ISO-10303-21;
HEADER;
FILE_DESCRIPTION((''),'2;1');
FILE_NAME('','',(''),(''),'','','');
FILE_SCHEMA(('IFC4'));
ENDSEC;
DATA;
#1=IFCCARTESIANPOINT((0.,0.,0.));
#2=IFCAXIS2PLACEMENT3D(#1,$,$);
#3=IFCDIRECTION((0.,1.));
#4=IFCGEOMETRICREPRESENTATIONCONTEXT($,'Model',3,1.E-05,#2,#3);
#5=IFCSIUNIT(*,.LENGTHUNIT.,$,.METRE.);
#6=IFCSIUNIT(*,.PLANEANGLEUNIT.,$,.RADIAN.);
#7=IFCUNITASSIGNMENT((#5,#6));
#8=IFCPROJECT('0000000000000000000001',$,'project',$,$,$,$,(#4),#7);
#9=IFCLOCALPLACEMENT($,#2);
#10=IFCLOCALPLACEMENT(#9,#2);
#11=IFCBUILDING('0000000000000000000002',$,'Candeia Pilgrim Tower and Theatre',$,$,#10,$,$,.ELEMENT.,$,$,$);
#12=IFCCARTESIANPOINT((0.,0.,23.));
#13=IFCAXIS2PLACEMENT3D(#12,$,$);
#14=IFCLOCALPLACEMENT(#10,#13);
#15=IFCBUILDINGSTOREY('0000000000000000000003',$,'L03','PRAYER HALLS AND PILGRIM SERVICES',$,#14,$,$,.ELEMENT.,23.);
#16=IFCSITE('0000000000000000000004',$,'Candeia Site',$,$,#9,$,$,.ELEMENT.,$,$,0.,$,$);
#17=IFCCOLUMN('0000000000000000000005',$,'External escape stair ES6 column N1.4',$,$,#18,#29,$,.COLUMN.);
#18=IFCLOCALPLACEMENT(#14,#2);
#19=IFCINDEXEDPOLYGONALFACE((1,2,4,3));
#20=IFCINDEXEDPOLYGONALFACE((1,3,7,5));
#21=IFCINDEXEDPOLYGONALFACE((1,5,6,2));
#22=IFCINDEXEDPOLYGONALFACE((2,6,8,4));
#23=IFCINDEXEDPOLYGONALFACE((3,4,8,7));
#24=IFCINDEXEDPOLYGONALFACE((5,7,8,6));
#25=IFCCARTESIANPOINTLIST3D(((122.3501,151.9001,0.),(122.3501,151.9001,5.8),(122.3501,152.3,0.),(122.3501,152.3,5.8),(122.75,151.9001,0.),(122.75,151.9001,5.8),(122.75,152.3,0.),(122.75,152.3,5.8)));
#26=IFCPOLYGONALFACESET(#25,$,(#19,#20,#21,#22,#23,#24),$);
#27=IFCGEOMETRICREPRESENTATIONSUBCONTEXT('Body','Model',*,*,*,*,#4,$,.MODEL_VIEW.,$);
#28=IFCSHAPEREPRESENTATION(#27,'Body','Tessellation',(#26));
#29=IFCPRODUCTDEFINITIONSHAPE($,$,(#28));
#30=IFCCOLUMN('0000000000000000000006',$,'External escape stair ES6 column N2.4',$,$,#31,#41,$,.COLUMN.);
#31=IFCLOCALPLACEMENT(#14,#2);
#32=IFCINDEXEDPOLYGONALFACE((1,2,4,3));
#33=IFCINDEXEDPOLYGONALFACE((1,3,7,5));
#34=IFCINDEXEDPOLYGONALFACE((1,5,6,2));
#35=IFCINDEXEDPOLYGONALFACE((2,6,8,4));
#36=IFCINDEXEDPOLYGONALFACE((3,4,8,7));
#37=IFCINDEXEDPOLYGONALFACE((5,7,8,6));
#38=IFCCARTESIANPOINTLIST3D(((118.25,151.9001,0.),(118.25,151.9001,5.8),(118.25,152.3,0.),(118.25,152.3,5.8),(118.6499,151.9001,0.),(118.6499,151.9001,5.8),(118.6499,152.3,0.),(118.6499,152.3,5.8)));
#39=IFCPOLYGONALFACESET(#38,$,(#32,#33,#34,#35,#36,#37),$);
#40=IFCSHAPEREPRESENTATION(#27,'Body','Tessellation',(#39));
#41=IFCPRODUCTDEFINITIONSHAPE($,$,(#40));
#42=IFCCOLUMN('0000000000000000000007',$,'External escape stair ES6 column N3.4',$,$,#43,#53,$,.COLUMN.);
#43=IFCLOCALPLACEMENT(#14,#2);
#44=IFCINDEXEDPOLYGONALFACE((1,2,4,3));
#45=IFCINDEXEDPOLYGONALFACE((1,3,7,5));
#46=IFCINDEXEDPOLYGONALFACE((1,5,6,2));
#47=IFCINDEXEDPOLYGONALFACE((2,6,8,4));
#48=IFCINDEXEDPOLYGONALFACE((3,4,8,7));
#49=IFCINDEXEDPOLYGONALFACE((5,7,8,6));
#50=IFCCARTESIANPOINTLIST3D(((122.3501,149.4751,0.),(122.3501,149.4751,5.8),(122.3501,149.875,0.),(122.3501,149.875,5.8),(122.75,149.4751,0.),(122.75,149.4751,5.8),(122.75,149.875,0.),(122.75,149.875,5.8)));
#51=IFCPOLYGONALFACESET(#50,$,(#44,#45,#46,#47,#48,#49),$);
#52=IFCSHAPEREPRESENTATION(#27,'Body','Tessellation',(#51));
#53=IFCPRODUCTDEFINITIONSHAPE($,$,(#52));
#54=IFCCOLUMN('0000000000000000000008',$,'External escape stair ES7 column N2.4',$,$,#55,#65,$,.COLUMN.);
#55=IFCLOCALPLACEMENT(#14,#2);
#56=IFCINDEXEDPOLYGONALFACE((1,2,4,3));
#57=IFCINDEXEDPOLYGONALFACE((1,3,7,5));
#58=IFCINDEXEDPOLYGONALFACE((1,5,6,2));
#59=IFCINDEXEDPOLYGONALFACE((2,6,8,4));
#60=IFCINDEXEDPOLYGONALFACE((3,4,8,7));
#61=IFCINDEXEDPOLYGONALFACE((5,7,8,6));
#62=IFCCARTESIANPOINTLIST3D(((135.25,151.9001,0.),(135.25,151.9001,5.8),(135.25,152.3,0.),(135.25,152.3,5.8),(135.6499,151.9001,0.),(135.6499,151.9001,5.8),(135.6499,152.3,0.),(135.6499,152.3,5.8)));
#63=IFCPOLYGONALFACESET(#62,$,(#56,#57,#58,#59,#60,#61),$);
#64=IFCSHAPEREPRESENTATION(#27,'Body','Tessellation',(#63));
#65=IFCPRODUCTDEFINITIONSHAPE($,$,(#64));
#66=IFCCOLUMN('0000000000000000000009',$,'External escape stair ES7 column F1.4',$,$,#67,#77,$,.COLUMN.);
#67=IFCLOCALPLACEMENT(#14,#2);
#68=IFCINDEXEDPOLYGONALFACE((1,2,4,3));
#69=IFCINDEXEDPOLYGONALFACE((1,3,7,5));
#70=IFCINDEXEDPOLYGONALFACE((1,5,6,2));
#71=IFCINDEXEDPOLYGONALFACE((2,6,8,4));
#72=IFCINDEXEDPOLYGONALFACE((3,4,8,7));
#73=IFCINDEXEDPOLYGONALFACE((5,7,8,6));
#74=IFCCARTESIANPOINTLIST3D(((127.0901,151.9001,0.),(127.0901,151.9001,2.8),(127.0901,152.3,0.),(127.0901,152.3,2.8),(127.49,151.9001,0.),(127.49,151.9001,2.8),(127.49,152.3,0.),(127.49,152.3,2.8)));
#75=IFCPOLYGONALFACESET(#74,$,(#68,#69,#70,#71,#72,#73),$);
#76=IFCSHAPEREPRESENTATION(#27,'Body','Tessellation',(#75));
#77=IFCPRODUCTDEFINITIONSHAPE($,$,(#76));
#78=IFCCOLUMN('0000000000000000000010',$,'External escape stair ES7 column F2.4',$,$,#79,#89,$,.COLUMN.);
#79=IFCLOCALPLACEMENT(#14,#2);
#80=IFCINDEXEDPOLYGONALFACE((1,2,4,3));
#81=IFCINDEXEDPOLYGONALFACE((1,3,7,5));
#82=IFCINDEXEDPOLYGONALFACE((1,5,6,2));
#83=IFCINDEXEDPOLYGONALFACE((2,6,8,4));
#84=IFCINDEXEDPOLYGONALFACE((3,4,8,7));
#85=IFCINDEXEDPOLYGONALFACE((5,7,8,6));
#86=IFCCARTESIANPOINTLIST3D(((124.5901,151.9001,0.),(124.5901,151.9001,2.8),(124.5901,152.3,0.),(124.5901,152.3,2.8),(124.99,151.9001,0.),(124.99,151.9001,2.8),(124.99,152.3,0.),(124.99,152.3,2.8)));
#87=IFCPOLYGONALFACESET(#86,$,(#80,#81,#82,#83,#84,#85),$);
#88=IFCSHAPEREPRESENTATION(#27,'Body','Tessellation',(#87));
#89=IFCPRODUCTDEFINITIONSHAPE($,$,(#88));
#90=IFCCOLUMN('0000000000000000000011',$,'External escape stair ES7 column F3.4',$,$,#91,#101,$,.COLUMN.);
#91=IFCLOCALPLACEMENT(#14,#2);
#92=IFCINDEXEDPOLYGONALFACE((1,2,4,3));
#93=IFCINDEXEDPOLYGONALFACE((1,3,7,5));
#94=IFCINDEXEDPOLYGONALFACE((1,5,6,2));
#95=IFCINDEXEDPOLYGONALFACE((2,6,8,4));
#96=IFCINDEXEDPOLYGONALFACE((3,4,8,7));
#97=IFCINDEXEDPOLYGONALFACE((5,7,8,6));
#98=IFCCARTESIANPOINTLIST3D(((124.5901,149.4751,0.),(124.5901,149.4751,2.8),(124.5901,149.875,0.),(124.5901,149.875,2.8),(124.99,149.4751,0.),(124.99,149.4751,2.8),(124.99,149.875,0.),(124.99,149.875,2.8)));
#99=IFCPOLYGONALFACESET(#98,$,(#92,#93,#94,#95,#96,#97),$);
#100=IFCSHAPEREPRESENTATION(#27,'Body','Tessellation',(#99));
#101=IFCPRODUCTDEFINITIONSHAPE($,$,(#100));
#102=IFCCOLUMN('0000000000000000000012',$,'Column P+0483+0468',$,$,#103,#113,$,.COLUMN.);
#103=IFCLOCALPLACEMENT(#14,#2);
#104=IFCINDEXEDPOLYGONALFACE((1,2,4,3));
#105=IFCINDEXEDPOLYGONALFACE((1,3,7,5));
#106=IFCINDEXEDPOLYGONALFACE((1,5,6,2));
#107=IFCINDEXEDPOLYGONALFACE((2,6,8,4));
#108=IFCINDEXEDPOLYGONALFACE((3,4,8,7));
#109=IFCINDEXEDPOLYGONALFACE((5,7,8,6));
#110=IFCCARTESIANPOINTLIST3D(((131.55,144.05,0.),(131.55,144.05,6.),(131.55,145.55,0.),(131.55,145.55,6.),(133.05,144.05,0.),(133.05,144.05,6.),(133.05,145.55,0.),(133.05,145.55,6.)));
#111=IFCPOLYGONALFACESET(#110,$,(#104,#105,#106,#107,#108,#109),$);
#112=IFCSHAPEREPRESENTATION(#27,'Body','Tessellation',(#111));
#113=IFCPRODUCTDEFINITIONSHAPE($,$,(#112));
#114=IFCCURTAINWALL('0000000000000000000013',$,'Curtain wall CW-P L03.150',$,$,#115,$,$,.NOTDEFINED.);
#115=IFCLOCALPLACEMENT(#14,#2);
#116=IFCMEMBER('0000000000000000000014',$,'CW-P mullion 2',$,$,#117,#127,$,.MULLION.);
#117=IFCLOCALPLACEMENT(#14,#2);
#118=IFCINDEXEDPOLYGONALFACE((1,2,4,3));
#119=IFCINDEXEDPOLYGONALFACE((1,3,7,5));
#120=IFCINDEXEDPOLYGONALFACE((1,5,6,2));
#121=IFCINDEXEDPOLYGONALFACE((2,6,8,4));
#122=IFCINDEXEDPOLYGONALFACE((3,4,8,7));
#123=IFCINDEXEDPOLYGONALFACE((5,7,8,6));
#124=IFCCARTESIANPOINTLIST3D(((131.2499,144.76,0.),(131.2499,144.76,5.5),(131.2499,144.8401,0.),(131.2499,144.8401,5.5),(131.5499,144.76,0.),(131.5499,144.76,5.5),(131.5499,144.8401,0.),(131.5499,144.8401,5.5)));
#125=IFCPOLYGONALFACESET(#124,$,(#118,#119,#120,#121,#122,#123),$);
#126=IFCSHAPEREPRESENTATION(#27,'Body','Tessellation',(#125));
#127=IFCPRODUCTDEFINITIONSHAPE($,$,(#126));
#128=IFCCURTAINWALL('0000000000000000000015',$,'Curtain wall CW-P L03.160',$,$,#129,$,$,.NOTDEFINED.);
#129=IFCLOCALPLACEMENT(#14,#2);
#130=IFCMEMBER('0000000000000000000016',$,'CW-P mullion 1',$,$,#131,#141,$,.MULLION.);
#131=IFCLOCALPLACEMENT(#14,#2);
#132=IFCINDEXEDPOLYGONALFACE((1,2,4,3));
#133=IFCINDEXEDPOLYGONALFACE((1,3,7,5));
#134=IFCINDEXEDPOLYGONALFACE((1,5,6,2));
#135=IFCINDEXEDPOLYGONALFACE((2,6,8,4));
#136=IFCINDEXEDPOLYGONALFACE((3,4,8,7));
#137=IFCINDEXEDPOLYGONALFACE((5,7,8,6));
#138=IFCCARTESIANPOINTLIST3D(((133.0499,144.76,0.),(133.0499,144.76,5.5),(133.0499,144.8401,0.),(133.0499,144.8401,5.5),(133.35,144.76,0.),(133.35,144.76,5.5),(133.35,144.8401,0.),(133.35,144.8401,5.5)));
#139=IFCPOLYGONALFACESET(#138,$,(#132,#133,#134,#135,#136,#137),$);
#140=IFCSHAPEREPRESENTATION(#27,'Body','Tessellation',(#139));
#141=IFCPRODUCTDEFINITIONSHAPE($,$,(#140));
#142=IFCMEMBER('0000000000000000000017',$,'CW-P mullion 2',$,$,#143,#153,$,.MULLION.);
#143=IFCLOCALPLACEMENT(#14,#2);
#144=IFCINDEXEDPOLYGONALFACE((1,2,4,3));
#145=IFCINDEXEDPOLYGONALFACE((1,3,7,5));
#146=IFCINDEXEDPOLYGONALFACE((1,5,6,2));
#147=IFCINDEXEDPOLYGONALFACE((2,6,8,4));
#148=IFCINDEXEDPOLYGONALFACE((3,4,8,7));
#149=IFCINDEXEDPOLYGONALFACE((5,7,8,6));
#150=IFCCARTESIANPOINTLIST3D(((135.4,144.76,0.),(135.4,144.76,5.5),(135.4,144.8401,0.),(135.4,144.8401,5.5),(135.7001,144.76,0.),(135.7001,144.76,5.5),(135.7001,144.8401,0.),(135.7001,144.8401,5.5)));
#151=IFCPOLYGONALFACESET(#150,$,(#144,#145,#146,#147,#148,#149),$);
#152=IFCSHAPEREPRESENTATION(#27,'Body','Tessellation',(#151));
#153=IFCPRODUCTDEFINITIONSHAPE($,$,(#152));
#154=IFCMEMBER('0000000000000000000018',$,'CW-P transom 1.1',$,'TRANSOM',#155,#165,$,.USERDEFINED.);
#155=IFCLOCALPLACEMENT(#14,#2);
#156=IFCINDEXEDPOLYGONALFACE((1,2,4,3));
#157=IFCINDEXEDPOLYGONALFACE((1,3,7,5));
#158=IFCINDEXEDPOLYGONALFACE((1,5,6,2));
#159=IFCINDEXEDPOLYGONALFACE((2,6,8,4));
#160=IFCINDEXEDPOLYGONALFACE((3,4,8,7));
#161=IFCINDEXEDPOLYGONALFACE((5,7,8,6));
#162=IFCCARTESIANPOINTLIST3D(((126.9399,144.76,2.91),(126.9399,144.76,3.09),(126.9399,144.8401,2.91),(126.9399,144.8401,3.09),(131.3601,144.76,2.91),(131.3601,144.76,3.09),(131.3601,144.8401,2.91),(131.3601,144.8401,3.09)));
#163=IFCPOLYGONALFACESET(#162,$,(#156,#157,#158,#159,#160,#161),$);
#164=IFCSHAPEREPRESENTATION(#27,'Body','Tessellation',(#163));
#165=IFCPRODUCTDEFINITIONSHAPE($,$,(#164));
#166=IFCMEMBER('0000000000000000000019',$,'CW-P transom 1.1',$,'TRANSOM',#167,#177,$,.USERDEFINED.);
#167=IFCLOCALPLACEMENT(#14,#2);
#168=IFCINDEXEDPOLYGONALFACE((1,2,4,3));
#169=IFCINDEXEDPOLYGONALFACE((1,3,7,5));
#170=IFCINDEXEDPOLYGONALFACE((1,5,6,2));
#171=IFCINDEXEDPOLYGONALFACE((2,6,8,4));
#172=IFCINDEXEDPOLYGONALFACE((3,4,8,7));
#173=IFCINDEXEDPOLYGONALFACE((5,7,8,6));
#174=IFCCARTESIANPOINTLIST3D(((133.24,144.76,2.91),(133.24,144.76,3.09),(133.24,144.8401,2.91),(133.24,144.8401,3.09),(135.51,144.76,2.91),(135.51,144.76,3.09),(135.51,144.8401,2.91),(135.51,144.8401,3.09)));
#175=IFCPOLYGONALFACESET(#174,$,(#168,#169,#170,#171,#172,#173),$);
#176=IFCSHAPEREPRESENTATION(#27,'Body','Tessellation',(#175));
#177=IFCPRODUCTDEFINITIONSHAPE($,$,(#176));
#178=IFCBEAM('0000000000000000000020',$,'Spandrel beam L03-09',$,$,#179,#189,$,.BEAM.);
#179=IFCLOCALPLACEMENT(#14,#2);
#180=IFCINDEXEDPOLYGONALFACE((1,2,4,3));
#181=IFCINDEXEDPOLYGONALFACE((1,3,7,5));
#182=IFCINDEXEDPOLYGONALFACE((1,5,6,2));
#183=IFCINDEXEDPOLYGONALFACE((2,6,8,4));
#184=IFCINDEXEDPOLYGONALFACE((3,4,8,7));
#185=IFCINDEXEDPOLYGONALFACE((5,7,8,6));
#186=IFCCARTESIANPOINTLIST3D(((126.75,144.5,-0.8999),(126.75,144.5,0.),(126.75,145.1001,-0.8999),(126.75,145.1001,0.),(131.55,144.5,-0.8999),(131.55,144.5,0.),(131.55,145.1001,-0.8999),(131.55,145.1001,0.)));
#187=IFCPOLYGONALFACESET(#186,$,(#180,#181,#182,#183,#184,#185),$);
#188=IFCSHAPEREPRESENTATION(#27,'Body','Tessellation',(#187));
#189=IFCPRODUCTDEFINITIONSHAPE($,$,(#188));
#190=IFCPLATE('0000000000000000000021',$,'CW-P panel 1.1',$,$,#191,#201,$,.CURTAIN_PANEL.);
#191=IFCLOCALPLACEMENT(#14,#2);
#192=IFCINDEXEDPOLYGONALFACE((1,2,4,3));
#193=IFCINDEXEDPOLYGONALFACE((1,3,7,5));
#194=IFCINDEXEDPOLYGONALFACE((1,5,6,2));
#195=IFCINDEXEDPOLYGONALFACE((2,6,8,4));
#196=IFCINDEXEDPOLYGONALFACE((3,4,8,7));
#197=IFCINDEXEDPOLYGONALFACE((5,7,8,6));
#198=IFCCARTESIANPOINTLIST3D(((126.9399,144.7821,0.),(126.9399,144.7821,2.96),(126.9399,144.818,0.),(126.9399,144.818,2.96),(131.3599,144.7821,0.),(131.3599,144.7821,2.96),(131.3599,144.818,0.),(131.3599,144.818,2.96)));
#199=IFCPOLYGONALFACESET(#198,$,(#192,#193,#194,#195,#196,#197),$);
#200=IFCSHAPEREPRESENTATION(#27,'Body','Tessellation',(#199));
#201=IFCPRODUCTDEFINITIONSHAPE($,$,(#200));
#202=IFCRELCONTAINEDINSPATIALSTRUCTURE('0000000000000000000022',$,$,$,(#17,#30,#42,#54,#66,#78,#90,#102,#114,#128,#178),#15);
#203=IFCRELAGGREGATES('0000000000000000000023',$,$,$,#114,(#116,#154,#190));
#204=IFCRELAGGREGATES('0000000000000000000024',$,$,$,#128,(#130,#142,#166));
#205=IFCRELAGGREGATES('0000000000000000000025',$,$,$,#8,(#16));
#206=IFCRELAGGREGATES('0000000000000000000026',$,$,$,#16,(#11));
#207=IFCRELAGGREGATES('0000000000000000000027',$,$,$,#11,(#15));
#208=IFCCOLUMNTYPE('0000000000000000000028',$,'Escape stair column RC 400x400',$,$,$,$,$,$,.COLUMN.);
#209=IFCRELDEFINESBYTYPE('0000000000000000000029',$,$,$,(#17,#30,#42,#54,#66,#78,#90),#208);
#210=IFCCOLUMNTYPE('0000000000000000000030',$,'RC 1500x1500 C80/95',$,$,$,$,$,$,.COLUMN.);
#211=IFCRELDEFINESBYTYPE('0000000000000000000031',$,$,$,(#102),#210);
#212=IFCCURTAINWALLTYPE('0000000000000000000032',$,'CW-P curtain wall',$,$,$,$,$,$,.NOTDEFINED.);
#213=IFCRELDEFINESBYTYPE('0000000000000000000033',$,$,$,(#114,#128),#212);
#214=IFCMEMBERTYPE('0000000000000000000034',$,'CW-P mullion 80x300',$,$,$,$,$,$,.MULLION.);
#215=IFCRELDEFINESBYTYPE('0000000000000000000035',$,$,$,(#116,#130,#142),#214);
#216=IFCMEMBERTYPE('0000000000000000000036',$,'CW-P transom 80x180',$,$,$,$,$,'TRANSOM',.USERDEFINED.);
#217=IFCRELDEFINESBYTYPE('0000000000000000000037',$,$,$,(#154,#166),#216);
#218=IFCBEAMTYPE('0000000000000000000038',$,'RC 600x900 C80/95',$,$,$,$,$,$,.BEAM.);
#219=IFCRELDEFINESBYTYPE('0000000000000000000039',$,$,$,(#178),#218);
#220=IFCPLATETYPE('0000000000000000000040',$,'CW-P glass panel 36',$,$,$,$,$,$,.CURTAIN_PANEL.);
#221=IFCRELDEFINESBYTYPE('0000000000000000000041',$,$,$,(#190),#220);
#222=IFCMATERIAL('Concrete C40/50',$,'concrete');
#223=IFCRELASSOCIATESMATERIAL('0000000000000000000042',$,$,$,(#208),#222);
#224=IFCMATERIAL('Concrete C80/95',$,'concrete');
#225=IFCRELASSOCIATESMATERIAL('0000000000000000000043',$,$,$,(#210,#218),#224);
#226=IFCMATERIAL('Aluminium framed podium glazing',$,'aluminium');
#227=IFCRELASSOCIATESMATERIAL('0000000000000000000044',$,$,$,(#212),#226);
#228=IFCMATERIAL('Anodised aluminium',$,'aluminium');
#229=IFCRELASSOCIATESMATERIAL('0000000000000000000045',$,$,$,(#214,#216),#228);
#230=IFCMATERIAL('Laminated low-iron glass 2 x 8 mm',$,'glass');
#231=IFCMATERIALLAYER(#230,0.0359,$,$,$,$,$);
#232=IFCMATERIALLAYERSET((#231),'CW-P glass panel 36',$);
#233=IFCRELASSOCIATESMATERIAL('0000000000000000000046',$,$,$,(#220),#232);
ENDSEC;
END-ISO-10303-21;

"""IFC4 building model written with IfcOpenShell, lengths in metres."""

from ifc_helpers import new_model, si_unit, direction, frame, origin, origin_2d, place, context, subcontext, project, spatial, rectangle, extrude, material, layer, layer_set, material_profile, profile_set, type_object, element, aggregate, save


model = new_model("IFC4")

# Units and contexts
model_context = context("Model", 3, precision=1e-05, world=origin(), true_north=direction((0.0, 1.0)))
body_context = subcontext(model_context, "Body", "Model", "MODEL_VIEW")
ifc_project = project(units=[si_unit("LENGTHUNIT", "METRE"), si_unit("PLANEANGLEUNIT", "RADIAN")], contexts=[model_context])

# Site, building, storey
site_placement = place(None, origin())
site = spatial("IfcSite", under=ifc_project, at=site_placement, Name="Candeia Site", CompositionType="ELEMENT", RefElevation=0.0)
building_placement = place(site_placement, origin())
building = spatial("IfcBuilding", under=site, at=building_placement, Name="Candeia Pilgrim Tower and Theatre", CompositionType="ELEMENT")
storey_placement = place(building_placement, frame((0.0, 0.0, 23.0)))
storey = spatial("IfcBuildingStorey", under=building, at=storey_placement, Name="L03", Description="PRAYER HALLS AND PILGRIM SERVICES", CompositionType="ELEMENT", Elevation=23.0)

# Columns
ifc_material_1 = material(Name="Concrete C40/50", Category="concrete")
ifc_material_profile_1 = material_profile(ifc_material_1, rectangle(XDim=0.3999, YDim=0.3999, at=origin_2d()))
ifc_profile_set_1 = profile_set([ifc_material_profile_1], Name="Concrete C40/50")
column_type_1 = type_object("IfcColumnType", Name="Escape stair column RC 400x400", PredefinedType="COLUMN", material=ifc_profile_set_1)
for number, where, z_axis, x_axis, name in (
    (1, (122.55, 152.1001, 0.0), (0.0, 0.0, 1.0), (1.0, 0.0, 0.0), "External escape stair ES6 column N1.4"),
    (2, (118.45, 152.1001, 0.0), (0.0, 0.0, 1.0), (1.0, 0.0, 0.0), "External escape stair ES6 column N2.4"),
    (3, (122.55, 149.675, 0.0), (0.0, 0.0, 1.0), (1.0, 0.0, 0.0), "External escape stair ES6 column N3.4"),
    (4, (135.45, 152.1001, 0.0), (0.0, 0.0, 1.0), (1.0, 0.0, 0.0), "External escape stair ES7 column N2.4"),
):
    element("IfcColumn", number, at=place(storey_placement, frame(where, z_axis=z_axis, x_axis=x_axis)), inside=storey, type_object=column_type_1, Name=name, PredefinedType="COLUMN", context=body_context, shape_type="SweptSolid", body=[
        extrude(rectangle(XDim=0.3999, YDim=0.3999, at=origin_2d()), origin(), (0.0, 0.0, 1.0), 5.8),
    ])
for number, where, z_axis, x_axis, name in (
    (5, (127.29, 152.1001, 0.0), (0.0, 0.0, 1.0), (1.0, 0.0, 0.0), "External escape stair ES7 column F1.4"),
    (6, (124.79, 152.1001, 0.0), (0.0, 0.0, 1.0), (1.0, 0.0, 0.0), "External escape stair ES7 column F2.4"),
    (7, (124.79, 149.675, 0.0), (0.0, 0.0, 1.0), (1.0, 0.0, 0.0), "External escape stair ES7 column F3.4"),
):
    element("IfcColumn", number, at=place(storey_placement, frame(where, z_axis=z_axis, x_axis=x_axis)), inside=storey, type_object=column_type_1, Name=name, PredefinedType="COLUMN", context=body_context, shape_type="SweptSolid", body=[
        extrude(rectangle(XDim=0.3999, YDim=0.3999, at=origin_2d()), origin(), (0.0, 0.0, 1.0), 2.8),
    ])
ifc_material_2 = material(Name="Concrete C80/95", Category="concrete")
ifc_material_profile_2 = material_profile(ifc_material_2, rectangle(XDim=1.5, YDim=1.5, at=origin_2d()))
ifc_profile_set_2 = profile_set([ifc_material_profile_2], Name="Concrete C80/95")
column_type_2 = type_object("IfcColumnType", Name="RC 1500x1500 C80/95", PredefinedType="COLUMN", material=ifc_profile_set_2)
column_placement = place(storey_placement, frame((132.3, 144.8, 0.0), z_axis=(0.0, 0.0, 1.0), x_axis=(1.0, 0.0, 0.0)))
element("IfcColumn", 8, at=column_placement, inside=storey, type_object=column_type_2, Name="Column P+0483+0468", PredefinedType="COLUMN", context=body_context, shape_type="SweptSolid", body=[
    extrude(rectangle(XDim=1.5, YDim=1.5, at=origin_2d()), origin(), (0.0, 0.0, 1.0), 6.0),
])

# Curtain wall, member
ifc_material_3 = material(Name="Aluminium framed podium glazing", Category="aluminium")
curtain_wall_type = type_object("IfcCurtainWallType", Name="CW-P curtain wall", PredefinedType="NOTDEFINED", material=ifc_material_3)
curtain_wall_1_placement = place(storey_placement, origin())
curtain_wall_1 = element("IfcCurtainWall", 9, at=curtain_wall_1_placement, inside=storey, type_object=curtain_wall_type, Name="Curtain wall CW-P L03.150", PredefinedType="NOTDEFINED")
ifc_material_4 = material(Name="Anodised aluminium", Category="aluminium")
ifc_material_profile_3 = material_profile(ifc_material_4, rectangle(XDim=0.0801, YDim=0.3, at=origin_2d()))
ifc_profile_set_3 = profile_set([ifc_material_profile_3], Name="Anodised aluminium")
member_type_1 = type_object("IfcMemberType", Name="CW-P mullion 80x300", PredefinedType="MULLION", material=ifc_profile_set_3)
member_1_placement = place(storey_placement, frame((131.3999, 144.8, 0.0), z_axis=(0.0, 0.0, 1.0), x_axis=(0.0, 1.0, 0.0)))
member_1 = element("IfcMember", 10, at=member_1_placement, type_object=member_type_1, Name="CW-P mullion 2", PredefinedType="MULLION", context=body_context, shape_type="SweptSolid", body=[
    extrude(rectangle(XDim=0.0801, YDim=0.3, at=origin_2d()), origin(), (0.0, 0.0, 1.0), 5.5),
])

# Curtain wall, members
curtain_wall_2_placement = place(storey_placement, origin())
curtain_wall_2 = element("IfcCurtainWall", 11, at=curtain_wall_2_placement, inside=storey, type_object=curtain_wall_type, Name="Curtain wall CW-P L03.160", PredefinedType="NOTDEFINED")
member_2_placement = place(storey_placement, frame((133.2, 144.8, 0.0), z_axis=(0.0, 0.0, 1.0), x_axis=(0.0, 1.0, 0.0)))
member_2 = element("IfcMember", 12, at=member_2_placement, type_object=member_type_1, Name="CW-P mullion 1", PredefinedType="MULLION", context=body_context, shape_type="SweptSolid", body=[
    extrude(rectangle(XDim=0.0801, YDim=0.3, at=origin_2d()), origin(), (0.0, 0.0, 1.0), 5.5),
])
member_3_placement = place(storey_placement, frame((135.55, 144.8, 0.0), z_axis=(0.0, 0.0, 1.0), x_axis=(0.0, 1.0, 0.0)))
member_3 = element("IfcMember", 13, at=member_3_placement, type_object=member_type_1, Name="CW-P mullion 2", PredefinedType="MULLION", context=body_context, shape_type="SweptSolid", body=[
    extrude(rectangle(XDim=0.0801, YDim=0.3, at=origin_2d()), origin(), (0.0, 0.0, 1.0), 5.5),
])

# Members
ifc_material_profile_4 = material_profile(ifc_material_4, rectangle(XDim=0.0801, YDim=0.1799, at=origin_2d()))
ifc_profile_set_4 = profile_set([ifc_material_profile_4], Name="Anodised aluminium")
member_type_2 = type_object("IfcMemberType", Name="CW-P transom 80x180", ElementType="TRANSOM", PredefinedType="USERDEFINED", material=ifc_profile_set_4)
member_4_placement = place(storey_placement, frame((126.9399, 144.8, 3.0), z_axis=(1.0, 0.0, 0.0), x_axis=(0.0, 1.0, 0.0)))
member_4 = element("IfcMember", 14, at=member_4_placement, type_object=member_type_2, Name="CW-P transom 1.1", ObjectType="TRANSOM", PredefinedType="USERDEFINED", context=body_context, shape_type="SweptSolid", body=[
    extrude(rectangle(XDim=0.0801, YDim=0.1799, at=origin_2d()), origin(), (0.0, 0.0, 1.0), 4.4202),
])
member_5_placement = place(storey_placement, frame((133.24, 144.8, 3.0), z_axis=(1.0, 0.0, 0.0), x_axis=(0.0, 1.0, 0.0)))
member_5 = element("IfcMember", 15, at=member_5_placement, type_object=member_type_2, Name="CW-P transom 1.1", ObjectType="TRANSOM", PredefinedType="USERDEFINED", context=body_context, shape_type="SweptSolid", body=[
    extrude(rectangle(XDim=0.0801, YDim=0.1799, at=origin_2d()), origin(), (0.0, 0.0, 1.0), 2.27),
])

# Beam
ifc_material_profile_5 = material_profile(ifc_material_2, rectangle(XDim=0.6001, YDim=0.8999, at=origin_2d()))
ifc_profile_set_5 = profile_set([ifc_material_profile_5], Name="Concrete C80/95")
beam_type = type_object("IfcBeamType", Name="RC 600x900 C80/95", PredefinedType="BEAM", material=ifc_profile_set_5)
beam_placement = place(storey_placement, frame((131.55, 144.8, -0.45), z_axis=(-1.0, 0.0, 0.0), x_axis=(0.0, -1.0, 0.0)))
element("IfcBeam", 16, at=beam_placement, inside=storey, type_object=beam_type, Name="Spandrel beam L03-09", PredefinedType="BEAM", context=body_context, shape_type="SweptSolid", body=[
    extrude(rectangle(XDim=0.6001, YDim=0.8999, at=origin_2d()), origin(), (0.0, 0.0, 1.0), 4.8),
])

# Plate
ifc_material_5 = material(Name="Laminated low-iron glass 2 x 8 mm", Category="glass")
ifc_layer_1 = layer(ifc_material_5, 0.0359)
ifc_layer_set_1 = layer_set([ifc_layer_1], Name="CW-P glass panel 36")
plate_type = type_object("IfcPlateType", Name="CW-P glass panel 36", PredefinedType="CURTAIN_PANEL", material=ifc_layer_set_1)
plate_1_placement = place(storey_placement, frame((129.1499, 144.8, 0.0), z_axis=(0.0, 0.0, 1.0), x_axis=(1.0, 0.0, 0.0)))
plate_1 = element("IfcPlate", 17, at=plate_1_placement, type_object=plate_type, Name="CW-P panel 1.1", PredefinedType="CURTAIN_PANEL", context=body_context, shape_type="SweptSolid", body=[
    extrude(rectangle(XDim=4.4199, YDim=0.0359, at=origin_2d()), origin(), (0.0, 0.0, 1.0), 2.96),
])
aggregate(curtain_wall_1, [member_1, member_4, plate_1])
aggregate(curtain_wall_2, [member_2, member_3, member_5])

save(model, "model.ifc")
